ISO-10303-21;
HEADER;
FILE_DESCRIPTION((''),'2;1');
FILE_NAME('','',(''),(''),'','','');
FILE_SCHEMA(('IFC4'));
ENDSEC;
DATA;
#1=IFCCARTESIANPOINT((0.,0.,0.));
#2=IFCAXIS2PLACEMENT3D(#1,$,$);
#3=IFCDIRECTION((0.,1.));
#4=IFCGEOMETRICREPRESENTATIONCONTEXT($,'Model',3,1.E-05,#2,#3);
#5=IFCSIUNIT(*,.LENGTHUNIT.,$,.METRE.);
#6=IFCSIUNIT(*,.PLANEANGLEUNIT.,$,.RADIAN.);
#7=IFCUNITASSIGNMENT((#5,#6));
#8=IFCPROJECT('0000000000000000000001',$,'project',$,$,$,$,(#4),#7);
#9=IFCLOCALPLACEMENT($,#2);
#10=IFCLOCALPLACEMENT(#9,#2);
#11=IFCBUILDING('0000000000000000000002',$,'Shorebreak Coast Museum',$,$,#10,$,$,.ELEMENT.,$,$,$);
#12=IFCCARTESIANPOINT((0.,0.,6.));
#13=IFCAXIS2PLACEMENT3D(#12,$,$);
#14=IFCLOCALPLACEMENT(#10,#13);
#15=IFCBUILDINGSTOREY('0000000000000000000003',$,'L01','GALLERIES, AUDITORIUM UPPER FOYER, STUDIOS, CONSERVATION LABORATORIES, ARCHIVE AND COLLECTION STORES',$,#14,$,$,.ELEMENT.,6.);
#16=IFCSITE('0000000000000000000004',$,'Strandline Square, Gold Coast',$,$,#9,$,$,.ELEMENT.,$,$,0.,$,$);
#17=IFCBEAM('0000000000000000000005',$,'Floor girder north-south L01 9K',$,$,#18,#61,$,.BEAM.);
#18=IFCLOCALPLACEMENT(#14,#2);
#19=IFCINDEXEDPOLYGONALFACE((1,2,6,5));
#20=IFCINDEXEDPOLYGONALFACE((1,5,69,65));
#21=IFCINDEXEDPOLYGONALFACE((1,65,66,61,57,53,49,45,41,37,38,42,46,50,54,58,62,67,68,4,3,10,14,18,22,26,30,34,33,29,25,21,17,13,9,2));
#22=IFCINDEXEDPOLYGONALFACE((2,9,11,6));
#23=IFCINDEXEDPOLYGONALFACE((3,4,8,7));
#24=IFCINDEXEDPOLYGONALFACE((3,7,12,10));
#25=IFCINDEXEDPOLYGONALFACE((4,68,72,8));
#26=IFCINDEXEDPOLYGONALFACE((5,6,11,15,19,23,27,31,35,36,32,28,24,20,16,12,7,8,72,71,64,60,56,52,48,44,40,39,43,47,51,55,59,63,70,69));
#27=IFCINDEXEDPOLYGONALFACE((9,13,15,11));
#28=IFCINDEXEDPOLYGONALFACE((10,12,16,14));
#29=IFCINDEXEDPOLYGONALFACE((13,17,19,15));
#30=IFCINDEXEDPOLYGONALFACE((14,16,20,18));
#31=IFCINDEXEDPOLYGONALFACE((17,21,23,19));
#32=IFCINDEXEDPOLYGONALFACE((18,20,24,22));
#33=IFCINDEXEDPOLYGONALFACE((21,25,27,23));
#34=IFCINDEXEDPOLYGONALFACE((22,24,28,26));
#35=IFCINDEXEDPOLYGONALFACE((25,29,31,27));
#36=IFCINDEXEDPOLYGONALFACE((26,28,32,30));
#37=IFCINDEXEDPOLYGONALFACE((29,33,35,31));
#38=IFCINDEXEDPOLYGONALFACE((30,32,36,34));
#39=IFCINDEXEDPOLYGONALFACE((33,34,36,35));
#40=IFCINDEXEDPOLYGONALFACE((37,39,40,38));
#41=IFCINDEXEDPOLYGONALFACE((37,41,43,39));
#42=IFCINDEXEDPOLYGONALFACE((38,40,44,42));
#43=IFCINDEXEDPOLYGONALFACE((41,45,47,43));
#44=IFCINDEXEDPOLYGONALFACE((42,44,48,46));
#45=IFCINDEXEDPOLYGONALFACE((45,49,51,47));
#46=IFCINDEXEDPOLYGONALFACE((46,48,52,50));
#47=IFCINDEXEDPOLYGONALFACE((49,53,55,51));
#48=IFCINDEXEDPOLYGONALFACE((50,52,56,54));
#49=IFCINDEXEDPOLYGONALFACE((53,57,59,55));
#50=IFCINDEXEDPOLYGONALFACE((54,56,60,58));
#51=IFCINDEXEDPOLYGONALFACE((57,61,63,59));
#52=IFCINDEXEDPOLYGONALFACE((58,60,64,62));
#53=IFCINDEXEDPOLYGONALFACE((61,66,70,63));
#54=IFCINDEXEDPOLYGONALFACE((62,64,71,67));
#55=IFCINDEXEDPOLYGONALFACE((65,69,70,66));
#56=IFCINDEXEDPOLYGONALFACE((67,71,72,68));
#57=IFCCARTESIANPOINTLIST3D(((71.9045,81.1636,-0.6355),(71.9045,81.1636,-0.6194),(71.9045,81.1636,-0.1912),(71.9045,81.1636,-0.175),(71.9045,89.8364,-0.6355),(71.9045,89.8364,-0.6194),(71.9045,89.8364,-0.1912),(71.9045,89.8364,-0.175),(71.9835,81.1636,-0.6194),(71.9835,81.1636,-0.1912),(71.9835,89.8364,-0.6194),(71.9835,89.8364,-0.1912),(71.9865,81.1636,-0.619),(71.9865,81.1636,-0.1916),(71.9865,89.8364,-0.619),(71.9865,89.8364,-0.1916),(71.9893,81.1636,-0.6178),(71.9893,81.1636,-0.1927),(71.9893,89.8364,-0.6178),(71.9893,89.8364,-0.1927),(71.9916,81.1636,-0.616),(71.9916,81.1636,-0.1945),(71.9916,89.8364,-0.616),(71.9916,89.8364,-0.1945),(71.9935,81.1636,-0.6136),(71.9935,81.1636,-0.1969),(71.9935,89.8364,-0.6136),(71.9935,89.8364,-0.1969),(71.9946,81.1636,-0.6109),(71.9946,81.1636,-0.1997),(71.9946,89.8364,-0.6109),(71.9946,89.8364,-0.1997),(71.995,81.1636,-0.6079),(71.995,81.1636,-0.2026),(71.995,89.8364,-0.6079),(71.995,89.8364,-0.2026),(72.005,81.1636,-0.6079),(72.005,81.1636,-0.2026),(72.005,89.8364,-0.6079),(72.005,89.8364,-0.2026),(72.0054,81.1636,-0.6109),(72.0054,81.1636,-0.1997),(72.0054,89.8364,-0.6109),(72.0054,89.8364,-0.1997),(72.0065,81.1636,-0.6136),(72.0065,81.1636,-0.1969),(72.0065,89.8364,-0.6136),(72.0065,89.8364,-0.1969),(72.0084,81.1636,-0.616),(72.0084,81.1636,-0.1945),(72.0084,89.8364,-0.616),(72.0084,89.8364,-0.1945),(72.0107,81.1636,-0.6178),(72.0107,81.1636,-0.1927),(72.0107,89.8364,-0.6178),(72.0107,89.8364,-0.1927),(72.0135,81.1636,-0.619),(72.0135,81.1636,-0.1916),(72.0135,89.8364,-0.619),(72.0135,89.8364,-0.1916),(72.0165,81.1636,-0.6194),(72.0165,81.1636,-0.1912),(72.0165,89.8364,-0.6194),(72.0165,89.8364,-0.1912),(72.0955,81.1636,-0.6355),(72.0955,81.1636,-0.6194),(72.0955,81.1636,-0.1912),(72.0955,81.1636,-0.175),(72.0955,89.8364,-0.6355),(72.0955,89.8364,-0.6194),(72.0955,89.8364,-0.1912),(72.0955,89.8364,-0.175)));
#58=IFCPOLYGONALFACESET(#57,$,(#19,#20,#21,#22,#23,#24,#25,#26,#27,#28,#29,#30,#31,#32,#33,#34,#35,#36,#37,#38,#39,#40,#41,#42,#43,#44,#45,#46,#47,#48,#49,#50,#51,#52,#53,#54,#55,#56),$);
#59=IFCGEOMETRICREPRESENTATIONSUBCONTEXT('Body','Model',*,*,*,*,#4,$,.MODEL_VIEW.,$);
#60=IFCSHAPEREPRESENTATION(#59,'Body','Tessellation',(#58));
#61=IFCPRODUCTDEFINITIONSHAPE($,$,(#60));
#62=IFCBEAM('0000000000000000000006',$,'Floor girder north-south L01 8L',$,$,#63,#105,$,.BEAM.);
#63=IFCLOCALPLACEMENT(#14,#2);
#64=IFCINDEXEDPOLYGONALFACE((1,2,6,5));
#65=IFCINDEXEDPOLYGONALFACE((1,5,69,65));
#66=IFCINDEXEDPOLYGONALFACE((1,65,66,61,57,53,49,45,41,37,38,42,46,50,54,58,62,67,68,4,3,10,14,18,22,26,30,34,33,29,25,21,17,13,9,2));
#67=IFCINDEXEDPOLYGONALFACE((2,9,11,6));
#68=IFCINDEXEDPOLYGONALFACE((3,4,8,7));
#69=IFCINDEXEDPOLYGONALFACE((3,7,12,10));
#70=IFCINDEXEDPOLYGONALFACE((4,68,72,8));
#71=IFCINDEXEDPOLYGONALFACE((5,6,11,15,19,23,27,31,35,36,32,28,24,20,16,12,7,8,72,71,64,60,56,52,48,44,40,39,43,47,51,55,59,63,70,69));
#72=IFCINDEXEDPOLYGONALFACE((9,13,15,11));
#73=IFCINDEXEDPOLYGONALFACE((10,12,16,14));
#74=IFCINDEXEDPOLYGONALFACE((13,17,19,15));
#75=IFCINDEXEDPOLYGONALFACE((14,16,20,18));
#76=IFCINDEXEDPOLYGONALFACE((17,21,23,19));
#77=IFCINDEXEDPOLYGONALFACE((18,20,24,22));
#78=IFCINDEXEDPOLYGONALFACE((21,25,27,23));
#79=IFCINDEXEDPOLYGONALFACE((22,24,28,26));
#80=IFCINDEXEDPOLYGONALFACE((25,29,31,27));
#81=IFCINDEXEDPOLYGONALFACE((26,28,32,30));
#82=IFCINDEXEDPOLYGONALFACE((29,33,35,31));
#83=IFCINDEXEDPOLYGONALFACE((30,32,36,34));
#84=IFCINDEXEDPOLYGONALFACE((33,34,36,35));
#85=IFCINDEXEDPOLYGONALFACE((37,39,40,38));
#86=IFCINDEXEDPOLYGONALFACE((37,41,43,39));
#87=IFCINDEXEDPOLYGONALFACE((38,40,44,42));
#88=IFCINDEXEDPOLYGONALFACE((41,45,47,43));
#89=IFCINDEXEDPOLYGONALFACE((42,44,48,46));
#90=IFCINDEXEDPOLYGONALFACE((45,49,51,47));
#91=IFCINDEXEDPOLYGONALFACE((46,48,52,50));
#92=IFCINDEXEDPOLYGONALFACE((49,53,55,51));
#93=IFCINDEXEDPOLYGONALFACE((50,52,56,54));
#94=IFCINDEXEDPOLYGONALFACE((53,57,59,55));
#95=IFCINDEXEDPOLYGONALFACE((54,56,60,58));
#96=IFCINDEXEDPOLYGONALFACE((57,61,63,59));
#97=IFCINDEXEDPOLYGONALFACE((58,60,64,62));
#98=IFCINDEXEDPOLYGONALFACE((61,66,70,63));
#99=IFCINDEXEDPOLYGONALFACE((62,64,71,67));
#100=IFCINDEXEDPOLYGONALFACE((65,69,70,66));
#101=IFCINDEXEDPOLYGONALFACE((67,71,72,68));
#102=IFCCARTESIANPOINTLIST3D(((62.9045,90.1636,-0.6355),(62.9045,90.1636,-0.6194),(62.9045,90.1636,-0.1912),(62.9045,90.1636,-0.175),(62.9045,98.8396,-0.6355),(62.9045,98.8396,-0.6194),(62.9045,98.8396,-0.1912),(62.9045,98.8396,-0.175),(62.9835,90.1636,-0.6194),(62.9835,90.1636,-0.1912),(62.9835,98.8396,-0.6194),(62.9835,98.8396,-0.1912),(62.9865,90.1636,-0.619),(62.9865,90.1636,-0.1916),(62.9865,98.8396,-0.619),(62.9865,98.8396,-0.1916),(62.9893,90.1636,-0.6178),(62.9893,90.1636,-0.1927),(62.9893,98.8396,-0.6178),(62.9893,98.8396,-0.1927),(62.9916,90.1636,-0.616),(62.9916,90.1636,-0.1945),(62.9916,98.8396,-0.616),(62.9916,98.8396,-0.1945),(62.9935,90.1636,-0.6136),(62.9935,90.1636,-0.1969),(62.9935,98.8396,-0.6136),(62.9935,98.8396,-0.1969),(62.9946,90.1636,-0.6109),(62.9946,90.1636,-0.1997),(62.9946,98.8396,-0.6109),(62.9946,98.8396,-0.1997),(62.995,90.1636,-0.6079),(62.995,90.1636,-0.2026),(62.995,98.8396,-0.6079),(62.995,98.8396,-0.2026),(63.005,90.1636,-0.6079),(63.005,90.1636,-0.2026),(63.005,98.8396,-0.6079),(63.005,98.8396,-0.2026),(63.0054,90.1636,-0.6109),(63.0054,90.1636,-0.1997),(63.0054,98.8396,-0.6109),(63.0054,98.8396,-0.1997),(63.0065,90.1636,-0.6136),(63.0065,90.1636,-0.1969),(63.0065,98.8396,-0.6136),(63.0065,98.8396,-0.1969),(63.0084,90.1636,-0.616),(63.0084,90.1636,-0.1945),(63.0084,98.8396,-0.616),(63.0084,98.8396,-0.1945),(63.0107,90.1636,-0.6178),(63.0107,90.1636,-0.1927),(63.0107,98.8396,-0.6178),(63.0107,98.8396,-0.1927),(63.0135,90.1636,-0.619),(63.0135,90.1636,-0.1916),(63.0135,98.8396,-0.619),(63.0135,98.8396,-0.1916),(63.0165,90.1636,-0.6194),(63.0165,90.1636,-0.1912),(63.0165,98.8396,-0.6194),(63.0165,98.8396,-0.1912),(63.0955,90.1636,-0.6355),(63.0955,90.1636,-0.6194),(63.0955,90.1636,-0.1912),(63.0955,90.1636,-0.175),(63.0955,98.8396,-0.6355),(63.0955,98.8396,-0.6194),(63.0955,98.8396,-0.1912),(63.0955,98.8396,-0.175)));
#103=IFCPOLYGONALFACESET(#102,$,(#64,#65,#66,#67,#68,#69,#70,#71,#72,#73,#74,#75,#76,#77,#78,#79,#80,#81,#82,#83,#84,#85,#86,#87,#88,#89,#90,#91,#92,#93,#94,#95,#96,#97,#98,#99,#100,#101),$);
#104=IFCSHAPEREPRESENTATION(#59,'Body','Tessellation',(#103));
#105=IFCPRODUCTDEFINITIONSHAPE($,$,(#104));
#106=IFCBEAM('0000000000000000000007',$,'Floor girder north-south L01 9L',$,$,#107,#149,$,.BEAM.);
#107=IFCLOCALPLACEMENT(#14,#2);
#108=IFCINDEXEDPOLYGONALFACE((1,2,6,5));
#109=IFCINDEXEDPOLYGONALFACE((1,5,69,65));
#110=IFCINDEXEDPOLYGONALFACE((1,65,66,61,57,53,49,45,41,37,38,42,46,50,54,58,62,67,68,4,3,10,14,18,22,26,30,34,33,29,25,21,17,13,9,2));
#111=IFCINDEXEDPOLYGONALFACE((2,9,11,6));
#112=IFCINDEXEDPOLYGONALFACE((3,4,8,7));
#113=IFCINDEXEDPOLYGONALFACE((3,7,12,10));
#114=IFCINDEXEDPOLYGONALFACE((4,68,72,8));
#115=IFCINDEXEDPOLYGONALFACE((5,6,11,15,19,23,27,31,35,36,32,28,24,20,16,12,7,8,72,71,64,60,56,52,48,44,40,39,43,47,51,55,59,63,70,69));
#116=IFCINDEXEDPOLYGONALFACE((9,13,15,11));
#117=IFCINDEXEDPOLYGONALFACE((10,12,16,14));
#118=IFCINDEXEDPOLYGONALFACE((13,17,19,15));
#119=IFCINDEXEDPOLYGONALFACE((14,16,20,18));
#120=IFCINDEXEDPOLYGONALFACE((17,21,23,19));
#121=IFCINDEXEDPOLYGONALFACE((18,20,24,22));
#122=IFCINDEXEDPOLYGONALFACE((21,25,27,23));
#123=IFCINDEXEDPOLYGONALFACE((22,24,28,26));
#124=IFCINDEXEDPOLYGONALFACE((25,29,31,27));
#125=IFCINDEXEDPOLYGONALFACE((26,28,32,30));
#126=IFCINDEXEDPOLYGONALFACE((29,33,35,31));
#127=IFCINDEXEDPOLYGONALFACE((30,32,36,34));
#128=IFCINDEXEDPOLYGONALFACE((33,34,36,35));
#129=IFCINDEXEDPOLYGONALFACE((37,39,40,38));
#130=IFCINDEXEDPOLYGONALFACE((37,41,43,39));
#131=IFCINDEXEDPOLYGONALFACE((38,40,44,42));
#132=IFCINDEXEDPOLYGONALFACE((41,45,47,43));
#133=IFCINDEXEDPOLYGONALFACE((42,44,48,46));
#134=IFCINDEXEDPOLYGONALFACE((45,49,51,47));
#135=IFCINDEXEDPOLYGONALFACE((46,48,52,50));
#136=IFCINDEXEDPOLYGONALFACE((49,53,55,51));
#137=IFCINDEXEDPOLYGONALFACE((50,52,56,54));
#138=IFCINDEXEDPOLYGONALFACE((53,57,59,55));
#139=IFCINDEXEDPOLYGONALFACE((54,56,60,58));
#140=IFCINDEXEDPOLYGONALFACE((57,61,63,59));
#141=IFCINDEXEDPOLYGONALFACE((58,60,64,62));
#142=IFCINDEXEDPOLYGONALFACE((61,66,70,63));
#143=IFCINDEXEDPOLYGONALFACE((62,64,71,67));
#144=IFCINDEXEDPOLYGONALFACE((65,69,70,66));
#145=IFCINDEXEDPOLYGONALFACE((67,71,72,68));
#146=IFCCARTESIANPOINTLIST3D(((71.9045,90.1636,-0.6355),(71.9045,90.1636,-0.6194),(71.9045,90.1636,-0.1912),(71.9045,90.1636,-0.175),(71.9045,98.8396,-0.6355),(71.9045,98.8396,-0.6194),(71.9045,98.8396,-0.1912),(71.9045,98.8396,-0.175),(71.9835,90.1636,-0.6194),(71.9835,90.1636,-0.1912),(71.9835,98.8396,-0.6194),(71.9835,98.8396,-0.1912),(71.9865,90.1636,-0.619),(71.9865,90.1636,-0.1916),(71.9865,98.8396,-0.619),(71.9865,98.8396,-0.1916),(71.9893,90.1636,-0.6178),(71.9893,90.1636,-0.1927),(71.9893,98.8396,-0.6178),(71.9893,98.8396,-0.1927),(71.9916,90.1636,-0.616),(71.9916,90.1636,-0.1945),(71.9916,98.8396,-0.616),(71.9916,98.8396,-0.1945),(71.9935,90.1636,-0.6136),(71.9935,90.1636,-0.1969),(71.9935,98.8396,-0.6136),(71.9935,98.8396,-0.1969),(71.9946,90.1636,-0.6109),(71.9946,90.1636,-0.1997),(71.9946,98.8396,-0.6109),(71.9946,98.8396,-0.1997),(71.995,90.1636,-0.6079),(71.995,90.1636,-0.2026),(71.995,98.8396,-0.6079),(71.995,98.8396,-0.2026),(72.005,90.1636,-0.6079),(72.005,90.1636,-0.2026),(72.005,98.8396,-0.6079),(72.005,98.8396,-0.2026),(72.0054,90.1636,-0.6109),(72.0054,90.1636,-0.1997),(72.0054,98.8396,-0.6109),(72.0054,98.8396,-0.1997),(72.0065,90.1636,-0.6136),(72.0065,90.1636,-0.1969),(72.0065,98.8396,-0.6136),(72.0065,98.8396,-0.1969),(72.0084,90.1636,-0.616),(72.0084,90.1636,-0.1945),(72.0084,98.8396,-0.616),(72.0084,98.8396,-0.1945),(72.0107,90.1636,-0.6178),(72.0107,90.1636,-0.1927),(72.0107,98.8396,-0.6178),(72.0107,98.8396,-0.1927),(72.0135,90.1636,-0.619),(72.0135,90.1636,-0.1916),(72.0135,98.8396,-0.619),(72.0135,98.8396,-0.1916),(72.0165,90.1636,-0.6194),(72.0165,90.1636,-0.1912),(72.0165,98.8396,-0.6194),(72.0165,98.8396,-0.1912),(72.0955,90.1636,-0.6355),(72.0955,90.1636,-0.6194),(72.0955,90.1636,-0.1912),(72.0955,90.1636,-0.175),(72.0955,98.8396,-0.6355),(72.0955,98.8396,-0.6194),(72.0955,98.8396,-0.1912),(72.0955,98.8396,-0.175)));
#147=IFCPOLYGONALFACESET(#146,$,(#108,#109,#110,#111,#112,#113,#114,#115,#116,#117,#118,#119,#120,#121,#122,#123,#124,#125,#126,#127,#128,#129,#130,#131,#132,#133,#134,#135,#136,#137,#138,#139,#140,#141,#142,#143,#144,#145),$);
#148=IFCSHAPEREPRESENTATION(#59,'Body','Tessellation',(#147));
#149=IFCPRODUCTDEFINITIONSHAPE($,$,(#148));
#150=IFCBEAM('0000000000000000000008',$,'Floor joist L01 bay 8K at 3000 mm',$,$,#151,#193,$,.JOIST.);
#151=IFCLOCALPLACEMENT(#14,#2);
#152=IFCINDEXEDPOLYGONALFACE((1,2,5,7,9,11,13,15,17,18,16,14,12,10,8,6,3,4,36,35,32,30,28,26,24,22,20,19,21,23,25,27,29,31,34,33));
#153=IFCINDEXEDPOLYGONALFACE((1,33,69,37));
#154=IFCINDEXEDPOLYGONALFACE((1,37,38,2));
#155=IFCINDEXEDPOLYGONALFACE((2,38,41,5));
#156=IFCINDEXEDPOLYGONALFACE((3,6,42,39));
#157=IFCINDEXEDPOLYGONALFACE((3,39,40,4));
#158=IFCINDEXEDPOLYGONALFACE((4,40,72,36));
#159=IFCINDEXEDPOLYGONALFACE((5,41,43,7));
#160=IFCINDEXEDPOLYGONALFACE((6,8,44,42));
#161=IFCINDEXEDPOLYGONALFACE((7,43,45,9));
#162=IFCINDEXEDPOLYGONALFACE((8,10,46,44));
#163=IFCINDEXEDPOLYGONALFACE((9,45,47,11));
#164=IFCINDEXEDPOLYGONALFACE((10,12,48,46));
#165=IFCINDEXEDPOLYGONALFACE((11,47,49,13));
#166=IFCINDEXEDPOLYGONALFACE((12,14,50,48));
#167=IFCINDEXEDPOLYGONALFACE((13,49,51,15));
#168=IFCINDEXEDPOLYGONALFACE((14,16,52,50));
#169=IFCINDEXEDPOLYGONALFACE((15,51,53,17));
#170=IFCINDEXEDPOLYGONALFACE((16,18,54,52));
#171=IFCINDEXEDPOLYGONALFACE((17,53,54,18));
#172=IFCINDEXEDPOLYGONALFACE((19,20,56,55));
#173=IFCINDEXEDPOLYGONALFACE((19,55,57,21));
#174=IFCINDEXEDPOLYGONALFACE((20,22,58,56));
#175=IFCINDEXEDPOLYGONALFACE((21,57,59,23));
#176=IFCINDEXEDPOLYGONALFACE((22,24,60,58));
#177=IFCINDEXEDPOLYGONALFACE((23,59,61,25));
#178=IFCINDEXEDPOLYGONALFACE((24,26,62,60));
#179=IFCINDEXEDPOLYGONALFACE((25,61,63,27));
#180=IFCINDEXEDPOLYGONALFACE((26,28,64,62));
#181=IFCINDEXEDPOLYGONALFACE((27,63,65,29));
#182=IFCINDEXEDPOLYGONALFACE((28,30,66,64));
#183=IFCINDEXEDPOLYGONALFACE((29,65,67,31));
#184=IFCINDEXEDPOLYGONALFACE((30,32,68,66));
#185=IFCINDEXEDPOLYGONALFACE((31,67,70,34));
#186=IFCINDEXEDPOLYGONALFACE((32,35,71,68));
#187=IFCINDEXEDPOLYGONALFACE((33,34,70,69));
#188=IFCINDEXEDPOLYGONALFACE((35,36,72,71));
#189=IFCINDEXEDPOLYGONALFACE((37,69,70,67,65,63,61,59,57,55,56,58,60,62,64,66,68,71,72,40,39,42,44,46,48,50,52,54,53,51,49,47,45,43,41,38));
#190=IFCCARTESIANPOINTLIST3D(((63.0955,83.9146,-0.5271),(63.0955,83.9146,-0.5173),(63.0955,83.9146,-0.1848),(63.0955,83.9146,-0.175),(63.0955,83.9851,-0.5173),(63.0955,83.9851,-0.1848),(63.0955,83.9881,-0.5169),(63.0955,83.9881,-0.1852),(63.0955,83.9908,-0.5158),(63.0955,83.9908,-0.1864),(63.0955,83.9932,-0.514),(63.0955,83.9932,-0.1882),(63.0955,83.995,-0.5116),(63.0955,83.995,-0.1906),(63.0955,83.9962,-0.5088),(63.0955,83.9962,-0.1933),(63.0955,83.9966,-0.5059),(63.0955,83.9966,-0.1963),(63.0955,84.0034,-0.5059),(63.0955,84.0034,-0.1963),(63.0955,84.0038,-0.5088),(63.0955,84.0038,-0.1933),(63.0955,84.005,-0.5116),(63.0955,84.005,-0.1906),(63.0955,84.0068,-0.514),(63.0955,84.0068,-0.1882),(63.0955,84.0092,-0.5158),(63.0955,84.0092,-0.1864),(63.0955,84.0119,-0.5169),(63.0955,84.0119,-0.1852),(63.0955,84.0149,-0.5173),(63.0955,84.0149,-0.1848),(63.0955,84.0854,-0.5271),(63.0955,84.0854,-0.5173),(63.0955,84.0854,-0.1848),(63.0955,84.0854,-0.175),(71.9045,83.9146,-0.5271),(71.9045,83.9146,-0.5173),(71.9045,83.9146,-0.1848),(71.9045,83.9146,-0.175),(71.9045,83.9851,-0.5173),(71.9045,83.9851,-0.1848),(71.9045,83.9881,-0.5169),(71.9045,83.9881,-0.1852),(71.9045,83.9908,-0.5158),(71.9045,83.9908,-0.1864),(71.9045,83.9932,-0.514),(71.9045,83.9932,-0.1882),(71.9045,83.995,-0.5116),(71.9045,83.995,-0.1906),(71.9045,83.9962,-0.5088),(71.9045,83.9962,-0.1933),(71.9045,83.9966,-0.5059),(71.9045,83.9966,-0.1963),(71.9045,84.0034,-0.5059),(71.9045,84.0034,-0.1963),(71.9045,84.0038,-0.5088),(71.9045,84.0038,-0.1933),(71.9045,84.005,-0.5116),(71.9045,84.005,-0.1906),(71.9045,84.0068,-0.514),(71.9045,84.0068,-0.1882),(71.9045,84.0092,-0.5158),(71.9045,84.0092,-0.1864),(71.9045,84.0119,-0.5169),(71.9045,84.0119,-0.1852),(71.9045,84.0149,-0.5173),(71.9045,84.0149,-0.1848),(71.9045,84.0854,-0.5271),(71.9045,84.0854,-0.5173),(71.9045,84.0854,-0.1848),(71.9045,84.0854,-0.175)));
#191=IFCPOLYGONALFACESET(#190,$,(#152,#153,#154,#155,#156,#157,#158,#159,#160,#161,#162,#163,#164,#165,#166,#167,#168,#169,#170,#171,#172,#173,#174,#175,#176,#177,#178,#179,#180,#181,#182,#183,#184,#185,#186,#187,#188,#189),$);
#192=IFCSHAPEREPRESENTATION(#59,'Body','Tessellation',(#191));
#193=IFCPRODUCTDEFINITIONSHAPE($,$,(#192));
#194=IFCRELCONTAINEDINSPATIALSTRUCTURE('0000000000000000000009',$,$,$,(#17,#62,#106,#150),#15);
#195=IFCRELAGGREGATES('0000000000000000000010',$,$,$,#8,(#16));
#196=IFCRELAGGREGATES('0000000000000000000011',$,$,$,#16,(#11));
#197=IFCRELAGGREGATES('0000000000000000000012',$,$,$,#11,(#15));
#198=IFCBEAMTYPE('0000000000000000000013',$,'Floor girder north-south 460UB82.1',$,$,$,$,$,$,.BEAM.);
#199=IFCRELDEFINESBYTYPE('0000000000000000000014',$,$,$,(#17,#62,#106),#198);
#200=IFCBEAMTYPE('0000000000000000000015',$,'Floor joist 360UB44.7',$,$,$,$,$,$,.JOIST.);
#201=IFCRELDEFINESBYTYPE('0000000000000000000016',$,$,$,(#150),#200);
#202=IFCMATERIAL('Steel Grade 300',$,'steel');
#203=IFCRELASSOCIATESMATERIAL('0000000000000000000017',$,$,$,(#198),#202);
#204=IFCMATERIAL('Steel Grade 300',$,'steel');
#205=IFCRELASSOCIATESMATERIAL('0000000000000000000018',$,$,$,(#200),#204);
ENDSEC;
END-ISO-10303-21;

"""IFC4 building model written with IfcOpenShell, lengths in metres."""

from ifc_helpers import new_model, si_unit, direction, frame, origin, origin_2d, place, context, subcontext, project, spatial, i_section, extrude, material, material_profile, profile_set, type_object, element, save


model = new_model("IFC4")

# Units and contexts
model_context = context("Model", 3, precision=1e-05, world=origin(), true_north=direction((0.0, 1.0)))
body_context = subcontext(model_context, "Body", "Model", "MODEL_VIEW")
ifc_project = project(units=[si_unit("LENGTHUNIT", "METRE"), si_unit("PLANEANGLEUNIT", "RADIAN")], contexts=[model_context])

# Site, building, storey
site_placement = place(None, origin())
site = spatial("IfcSite", under=ifc_project, at=site_placement, Name="Strandline Square, Gold Coast", CompositionType="ELEMENT", RefElevation=0.0)
building_placement = place(site_placement, origin())
building = spatial("IfcBuilding", under=site, at=building_placement, Name="Shorebreak Coast Museum", CompositionType="ELEMENT")
storey_placement = place(building_placement, frame((0.0, 0.0, 6.0)))
storey = spatial("IfcBuildingStorey", under=building, at=storey_placement, Name="L01", Description="GALLERIES, AUDITORIUM UPPER FOYER, STUDIOS, CONSERVATION LABORATORIES, ARCHIVE AND COLLECTION STORES", CompositionType="ELEMENT", Elevation=6.0)

# Beams
ifc_material_1 = material(Name="Steel Grade 300", Category="steel")
ifc_material_profile_1 = material_profile(ifc_material_1, i_section(OverallWidth=0.1909, OverallDepth=0.4604, WebThickness=0.01, FlangeThickness=0.0161, FilletRadius=0.0115, at=origin_2d()), Name="460UB82.1")
ifc_profile_set_1 = profile_set([ifc_material_profile_1], Name="Steel Grade 300")
beam_type_1 = type_object("IfcBeamType", Name="Floor girder north-south 460UB82.1", PredefinedType="BEAM", material=ifc_profile_set_1)
for number, where, z_axis, x_axis, name in (
    (1, (72.0, 81.1636, -0.4053), (0.0, 1.0, 0.0), (-1.0, 0.0, 0.0), "Floor girder north-south L01 9K"),
):
    element("IfcBeam", number, at=place(storey_placement, frame(where, z_axis=z_axis, x_axis=x_axis)), inside=storey, type_object=beam_type_1, Name=name, PredefinedType="BEAM", context=body_context, shape_type="SweptSolid", body=[
        extrude(i_section(OverallWidth=0.1909, OverallDepth=0.4604, WebThickness=0.01, FlangeThickness=0.0161, FilletRadius=0.0115, at=origin_2d()), origin(), (0.0, 0.0, 1.0), 8.6729),
    ])
for number, where, z_axis, x_axis, name in (
    (2, (63.0, 90.1636, -0.4053), (0.0, 1.0, 0.0), (-1.0, 0.0, 0.0), "Floor girder north-south L01 8L"),
    (3, (72.0, 90.1636, -0.4053), (0.0, 1.0, 0.0), (-1.0, 0.0, 0.0), "Floor girder north-south L01 9L"),
):
    element("IfcBeam", number, at=place(storey_placement, frame(where, z_axis=z_axis, x_axis=x_axis)), inside=storey, type_object=beam_type_1, Name=name, PredefinedType="BEAM", context=body_context, shape_type="SweptSolid", body=[
        extrude(i_section(OverallWidth=0.1909, OverallDepth=0.4604, WebThickness=0.01, FlangeThickness=0.0161, FilletRadius=0.0115, at=origin_2d()), origin(), (0.0, 0.0, 1.0), 8.676),
    ])
ifc_material_2 = material(Name="Steel Grade 300", Category="steel")
ifc_material_profile_2 = material_profile(ifc_material_2, i_section(OverallWidth=0.1709, OverallDepth=0.3521, WebThickness=0.0068, FlangeThickness=0.0098, FilletRadius=0.0115, at=origin_2d()), Name="360UB44.7")
ifc_profile_set_2 = profile_set([ifc_material_profile_2], Name="Steel Grade 300")
beam_type_2 = type_object("IfcBeamType", Name="Floor joist 360UB44.7", PredefinedType="JOIST", material=ifc_profile_set_2)
for number, where, z_axis, x_axis, name in (
    (4, (63.0955, 84.0, -0.3511), (1.0, 0.0, 0.0), (0.0, 1.0, 0.0), "Floor joist L01 bay 8K at 3000 mm"),
):
    element("IfcBeam", number, at=place(storey_placement, frame(where, z_axis=z_axis, x_axis=x_axis)), inside=storey, type_object=beam_type_2, Name=name, PredefinedType="JOIST", context=body_context, shape_type="SweptSolid", body=[
        extrude(i_section(OverallWidth=0.1709, OverallDepth=0.3521, WebThickness=0.0068, FlangeThickness=0.0098, FilletRadius=0.0115, at=origin_2d()), origin(), (0.0, 0.0, 1.0), 8.8091),
    ])

save(model, "model.ifc")
